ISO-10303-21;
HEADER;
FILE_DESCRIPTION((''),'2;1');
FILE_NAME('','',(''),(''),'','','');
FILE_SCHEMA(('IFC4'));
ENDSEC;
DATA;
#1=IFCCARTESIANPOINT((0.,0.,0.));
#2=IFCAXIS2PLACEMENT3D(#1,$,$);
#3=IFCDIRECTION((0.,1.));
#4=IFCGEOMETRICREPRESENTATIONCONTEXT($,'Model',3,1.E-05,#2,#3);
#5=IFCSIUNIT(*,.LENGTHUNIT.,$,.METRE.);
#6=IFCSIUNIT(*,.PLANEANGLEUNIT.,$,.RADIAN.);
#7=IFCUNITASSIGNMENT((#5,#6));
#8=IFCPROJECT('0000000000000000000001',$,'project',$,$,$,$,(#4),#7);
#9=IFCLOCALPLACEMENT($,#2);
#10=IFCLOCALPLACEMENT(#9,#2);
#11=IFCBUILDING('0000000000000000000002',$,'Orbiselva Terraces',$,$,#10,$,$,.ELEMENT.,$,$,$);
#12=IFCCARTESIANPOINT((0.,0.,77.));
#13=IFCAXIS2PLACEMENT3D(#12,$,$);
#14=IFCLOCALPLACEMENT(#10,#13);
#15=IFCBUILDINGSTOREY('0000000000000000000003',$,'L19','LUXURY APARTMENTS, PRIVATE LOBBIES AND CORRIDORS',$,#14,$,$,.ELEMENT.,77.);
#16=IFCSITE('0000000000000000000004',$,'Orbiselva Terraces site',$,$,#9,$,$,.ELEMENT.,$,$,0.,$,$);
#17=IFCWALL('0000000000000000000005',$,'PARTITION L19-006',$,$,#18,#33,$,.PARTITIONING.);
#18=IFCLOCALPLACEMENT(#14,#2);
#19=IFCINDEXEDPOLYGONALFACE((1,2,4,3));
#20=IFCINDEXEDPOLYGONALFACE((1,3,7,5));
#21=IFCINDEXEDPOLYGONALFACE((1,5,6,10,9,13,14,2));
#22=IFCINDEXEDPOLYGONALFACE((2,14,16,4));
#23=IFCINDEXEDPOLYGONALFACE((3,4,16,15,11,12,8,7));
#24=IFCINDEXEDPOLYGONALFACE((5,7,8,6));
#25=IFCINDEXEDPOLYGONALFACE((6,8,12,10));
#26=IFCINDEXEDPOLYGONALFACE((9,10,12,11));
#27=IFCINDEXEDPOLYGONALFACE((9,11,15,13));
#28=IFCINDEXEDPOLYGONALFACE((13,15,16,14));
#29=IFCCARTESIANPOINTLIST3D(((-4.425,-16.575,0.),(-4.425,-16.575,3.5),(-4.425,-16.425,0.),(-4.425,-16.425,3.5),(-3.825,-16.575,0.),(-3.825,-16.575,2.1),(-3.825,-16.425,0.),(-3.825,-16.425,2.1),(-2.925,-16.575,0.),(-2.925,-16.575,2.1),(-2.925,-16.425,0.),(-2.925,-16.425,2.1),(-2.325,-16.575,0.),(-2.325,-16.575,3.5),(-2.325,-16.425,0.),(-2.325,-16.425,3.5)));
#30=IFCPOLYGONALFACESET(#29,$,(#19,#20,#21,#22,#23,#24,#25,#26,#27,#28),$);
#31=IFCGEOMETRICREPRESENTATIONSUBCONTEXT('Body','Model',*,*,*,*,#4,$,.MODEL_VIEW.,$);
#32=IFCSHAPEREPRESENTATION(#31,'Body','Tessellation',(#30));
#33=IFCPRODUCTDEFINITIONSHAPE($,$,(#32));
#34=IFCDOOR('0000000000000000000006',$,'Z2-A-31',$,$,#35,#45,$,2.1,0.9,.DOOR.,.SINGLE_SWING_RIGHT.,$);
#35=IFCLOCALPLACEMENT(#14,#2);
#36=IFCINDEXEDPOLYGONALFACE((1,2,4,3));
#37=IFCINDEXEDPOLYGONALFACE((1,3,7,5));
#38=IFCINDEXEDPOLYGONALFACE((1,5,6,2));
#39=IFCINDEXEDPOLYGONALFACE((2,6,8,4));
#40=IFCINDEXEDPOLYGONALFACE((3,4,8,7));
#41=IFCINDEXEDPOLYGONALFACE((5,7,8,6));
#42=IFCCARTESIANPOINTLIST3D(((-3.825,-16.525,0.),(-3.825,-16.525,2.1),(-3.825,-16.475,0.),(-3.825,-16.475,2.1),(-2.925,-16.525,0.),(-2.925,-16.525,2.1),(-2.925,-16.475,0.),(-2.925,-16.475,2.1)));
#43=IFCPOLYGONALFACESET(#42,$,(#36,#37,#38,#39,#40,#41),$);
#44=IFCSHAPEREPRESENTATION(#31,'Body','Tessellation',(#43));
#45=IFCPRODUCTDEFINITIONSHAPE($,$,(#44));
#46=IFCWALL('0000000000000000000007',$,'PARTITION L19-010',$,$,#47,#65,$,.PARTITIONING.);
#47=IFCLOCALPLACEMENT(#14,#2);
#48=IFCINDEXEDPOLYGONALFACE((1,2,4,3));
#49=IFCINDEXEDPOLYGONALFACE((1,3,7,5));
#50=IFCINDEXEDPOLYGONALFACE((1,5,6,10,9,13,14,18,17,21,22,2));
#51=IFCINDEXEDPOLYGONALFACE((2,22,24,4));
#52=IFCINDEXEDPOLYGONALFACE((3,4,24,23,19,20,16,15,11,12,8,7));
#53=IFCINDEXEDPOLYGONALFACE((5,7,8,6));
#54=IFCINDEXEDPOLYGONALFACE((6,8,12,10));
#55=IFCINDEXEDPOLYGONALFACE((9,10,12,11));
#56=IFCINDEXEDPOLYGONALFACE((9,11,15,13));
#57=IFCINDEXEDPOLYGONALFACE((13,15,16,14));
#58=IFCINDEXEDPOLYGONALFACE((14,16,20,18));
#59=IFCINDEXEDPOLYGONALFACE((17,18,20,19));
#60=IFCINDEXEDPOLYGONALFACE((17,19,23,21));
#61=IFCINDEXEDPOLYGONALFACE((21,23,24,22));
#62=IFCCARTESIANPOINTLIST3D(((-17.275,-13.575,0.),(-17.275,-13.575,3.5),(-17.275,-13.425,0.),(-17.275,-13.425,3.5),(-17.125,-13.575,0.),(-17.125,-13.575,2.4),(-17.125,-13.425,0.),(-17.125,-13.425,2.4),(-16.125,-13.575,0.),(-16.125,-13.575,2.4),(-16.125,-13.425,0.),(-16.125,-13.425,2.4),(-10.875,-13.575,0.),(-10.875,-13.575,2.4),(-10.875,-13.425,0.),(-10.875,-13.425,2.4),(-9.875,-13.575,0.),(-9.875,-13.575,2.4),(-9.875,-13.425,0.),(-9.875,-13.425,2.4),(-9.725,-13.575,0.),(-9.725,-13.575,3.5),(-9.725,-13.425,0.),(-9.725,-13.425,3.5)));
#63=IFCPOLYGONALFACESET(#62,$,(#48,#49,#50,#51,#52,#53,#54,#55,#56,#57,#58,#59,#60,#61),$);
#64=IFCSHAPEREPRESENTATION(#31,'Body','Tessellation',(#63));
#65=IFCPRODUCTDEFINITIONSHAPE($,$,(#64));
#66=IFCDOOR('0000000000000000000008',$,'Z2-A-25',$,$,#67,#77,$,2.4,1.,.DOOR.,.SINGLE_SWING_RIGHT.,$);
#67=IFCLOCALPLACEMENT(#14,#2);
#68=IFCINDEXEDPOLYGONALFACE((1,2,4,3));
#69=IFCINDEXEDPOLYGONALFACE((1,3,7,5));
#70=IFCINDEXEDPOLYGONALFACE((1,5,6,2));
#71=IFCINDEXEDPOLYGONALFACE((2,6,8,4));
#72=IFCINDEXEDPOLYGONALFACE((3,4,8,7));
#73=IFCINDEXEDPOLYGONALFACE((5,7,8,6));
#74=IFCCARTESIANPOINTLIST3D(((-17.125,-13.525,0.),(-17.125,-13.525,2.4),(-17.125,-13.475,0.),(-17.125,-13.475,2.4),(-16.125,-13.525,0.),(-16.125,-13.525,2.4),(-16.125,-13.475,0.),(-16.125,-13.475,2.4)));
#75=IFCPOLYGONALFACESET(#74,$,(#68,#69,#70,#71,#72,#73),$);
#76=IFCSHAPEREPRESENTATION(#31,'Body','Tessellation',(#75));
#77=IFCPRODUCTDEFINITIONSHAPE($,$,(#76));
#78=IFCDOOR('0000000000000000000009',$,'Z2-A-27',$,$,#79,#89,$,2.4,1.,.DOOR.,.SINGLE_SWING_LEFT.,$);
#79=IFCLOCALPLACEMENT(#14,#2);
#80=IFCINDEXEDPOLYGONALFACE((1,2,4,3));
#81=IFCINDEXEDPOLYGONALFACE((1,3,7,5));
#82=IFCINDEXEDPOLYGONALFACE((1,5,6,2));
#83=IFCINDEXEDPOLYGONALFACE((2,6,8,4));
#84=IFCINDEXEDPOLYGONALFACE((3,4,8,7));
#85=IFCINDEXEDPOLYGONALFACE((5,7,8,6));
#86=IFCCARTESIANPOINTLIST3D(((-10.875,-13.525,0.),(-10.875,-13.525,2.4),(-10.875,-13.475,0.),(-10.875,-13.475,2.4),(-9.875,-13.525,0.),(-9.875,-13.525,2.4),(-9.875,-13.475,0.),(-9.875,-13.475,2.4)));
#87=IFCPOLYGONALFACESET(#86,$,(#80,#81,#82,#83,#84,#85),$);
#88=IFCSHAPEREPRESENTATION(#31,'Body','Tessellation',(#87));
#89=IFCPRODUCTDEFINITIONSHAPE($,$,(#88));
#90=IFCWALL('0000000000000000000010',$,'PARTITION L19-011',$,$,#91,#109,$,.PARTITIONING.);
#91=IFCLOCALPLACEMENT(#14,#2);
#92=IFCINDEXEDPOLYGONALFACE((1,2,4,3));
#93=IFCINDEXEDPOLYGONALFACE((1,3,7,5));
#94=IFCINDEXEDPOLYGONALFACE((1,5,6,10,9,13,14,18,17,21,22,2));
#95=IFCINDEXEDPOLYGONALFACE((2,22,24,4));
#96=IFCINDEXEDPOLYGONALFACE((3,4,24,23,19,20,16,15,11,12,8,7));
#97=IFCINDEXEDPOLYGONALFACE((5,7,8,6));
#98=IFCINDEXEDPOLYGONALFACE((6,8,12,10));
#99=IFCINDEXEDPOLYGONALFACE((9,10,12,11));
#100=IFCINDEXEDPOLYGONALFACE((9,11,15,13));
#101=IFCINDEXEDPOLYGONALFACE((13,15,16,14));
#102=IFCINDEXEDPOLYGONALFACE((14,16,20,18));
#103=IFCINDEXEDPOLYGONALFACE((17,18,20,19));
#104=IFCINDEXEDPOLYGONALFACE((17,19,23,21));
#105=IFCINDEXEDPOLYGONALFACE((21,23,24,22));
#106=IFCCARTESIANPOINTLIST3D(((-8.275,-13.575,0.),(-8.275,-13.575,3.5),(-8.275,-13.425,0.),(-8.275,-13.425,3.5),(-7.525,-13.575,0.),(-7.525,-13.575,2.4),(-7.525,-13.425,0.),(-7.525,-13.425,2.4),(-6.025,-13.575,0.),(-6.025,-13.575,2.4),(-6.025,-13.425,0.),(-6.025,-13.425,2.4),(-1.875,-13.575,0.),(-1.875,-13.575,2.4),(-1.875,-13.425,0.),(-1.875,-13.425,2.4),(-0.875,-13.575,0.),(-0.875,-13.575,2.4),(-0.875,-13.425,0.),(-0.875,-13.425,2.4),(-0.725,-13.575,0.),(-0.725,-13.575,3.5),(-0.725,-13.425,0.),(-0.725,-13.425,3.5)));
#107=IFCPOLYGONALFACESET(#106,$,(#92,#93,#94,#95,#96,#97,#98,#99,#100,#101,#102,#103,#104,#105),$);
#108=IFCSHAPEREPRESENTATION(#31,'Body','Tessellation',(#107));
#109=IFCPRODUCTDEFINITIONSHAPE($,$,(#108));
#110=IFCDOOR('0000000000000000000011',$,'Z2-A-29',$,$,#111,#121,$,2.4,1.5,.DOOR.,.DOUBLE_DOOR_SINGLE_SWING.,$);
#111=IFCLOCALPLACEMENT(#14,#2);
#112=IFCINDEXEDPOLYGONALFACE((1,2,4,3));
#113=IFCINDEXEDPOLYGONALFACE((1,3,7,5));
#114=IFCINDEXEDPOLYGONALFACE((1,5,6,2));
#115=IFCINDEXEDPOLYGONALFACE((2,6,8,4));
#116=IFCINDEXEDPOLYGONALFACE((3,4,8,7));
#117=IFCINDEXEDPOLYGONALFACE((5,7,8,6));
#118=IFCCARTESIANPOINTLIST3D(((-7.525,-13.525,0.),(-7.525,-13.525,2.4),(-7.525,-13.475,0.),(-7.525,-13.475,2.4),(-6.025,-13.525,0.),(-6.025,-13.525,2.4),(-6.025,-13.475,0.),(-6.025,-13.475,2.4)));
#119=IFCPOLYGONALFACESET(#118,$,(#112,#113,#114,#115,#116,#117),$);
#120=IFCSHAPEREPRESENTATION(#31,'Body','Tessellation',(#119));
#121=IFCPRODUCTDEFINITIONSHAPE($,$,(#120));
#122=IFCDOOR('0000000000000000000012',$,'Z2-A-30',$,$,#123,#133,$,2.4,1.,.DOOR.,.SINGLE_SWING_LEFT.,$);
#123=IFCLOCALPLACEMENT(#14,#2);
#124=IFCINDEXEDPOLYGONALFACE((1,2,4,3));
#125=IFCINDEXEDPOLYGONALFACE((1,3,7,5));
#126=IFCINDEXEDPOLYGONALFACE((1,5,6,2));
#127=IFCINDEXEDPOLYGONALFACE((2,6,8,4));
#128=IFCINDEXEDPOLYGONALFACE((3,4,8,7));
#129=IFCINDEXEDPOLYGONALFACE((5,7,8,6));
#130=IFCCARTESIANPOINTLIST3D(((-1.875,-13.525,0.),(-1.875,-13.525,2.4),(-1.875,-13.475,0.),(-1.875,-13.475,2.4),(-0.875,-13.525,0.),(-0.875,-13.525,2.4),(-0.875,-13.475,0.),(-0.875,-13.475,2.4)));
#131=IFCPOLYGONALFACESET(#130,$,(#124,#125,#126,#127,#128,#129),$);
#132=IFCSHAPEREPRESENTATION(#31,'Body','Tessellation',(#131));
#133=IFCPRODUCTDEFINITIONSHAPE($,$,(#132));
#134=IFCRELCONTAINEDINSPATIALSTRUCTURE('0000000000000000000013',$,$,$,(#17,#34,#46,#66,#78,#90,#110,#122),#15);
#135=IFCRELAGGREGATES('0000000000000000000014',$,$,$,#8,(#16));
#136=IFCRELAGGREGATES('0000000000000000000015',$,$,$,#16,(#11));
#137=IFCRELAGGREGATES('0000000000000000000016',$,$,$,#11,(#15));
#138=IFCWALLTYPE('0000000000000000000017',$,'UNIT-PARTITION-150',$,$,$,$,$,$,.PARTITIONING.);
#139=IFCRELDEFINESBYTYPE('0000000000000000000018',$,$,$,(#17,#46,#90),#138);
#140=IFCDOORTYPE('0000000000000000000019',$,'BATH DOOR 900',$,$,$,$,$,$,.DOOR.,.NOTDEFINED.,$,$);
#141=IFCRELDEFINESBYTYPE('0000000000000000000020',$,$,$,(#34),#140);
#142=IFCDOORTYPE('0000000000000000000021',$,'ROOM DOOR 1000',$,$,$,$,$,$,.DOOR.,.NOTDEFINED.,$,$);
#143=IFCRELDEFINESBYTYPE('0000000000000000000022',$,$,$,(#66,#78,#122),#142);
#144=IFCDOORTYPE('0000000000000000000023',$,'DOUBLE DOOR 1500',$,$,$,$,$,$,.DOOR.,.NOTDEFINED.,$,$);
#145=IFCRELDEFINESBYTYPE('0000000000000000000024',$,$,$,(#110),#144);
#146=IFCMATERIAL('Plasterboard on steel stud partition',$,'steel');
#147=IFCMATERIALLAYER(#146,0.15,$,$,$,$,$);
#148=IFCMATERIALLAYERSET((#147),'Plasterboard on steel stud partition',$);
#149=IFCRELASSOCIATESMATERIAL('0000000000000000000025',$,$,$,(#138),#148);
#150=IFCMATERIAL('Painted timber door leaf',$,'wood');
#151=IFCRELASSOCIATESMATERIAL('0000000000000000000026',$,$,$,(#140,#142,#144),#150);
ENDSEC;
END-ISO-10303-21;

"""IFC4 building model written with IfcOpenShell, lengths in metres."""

from ifc_helpers import new_model, si_unit, direction, frame, frame_2d, origin, place, context, subcontext, project, spatial, rectangle, extrude, material, layer, layer_set, type_object, element, fill, save


model = new_model("IFC4")

# Units and contexts
model_context = context("Model", 3, precision=1e-05, world=origin(), true_north=direction((0.0, 1.0)))
body_context = subcontext(model_context, "Body", "Model", "MODEL_VIEW")
ifc_project = project(units=[si_unit("LENGTHUNIT", "METRE"), si_unit("PLANEANGLEUNIT", "RADIAN")], contexts=[model_context])

# Site, building, storey
site_placement = place(None, origin())
site = spatial("IfcSite", under=ifc_project, at=site_placement, Name="Orbiselva Terraces site", CompositionType="ELEMENT", RefElevation=0.0)
building_placement = place(site_placement, origin())
building = spatial("IfcBuilding", under=site, at=building_placement, Name="Orbiselva Terraces", CompositionType="ELEMENT")
storey_placement = place(building_placement, frame((0.0, 0.0, 77.0)))
storey = spatial("IfcBuildingStorey", under=building, at=storey_placement, Name="L19", Description="LUXURY APARTMENTS, PRIVATE LOBBIES AND CORRIDORS", CompositionType="ELEMENT", Elevation=77.0)

# Wall, opening, door
ifc_material_1 = material(Name="Plasterboard on steel stud partition", Category="steel")
ifc_layer_1 = layer(ifc_material_1, 0.15)
ifc_layer_set_1 = layer_set([ifc_layer_1], Name="Plasterboard on steel stud partition")
wall_type_1 = type_object("IfcWallType", Name="UNIT-PARTITION-150", PredefinedType="PARTITIONING", material=ifc_layer_set_1)
wall_1_placement = place(storey_placement, frame((-4.425, -16.5, 0.0), z_axis=(0.0, 0.0, 1.0), x_axis=(1.0, 0.0, 0.0)))
wall_1 = element("IfcWall", 1, at=wall_1_placement, inside=storey, type_object=wall_type_1, Name="PARTITION L19-006", PredefinedType="PARTITIONING", context=body_context, shape_type="SweptSolid", body=[
    extrude(rectangle(XDim=2.1, YDim=0.15, at=frame_2d((1.05, 0.0))), origin(), (0.0, 0.0, 1.0), 3.5),
])
opening_1_placement = place(wall_1_placement, frame((0.6, 0.0, 0.0)))
opening_1 = element("IfcOpeningElement", 2, at=opening_1_placement, cuts=wall_1, PredefinedType="OPENING", context=body_context, shape_type="SweptSolid", body=[
    extrude(rectangle(XDim=0.9, YDim=2.1, at=frame_2d((0.45, 1.05))), frame((0.0, 0.085, 0.0), z_axis=(0.0, -1.0, 0.0), x_axis=(1.0, 0.0, 0.0)), (0.0, 0.0, 1.0), 0.17),
])
ifc_material_2 = material(Name="Painted timber door leaf", Category="wood")
door_type_1 = type_object("IfcDoorType", Name="BATH DOOR 900", OperationType="NOTDEFINED", PredefinedType="DOOR", material=ifc_material_2)
door_1_placement = place(opening_1_placement, origin())
door_1 = element("IfcDoor", 3, at=door_1_placement, inside=storey, type_object=door_type_1, Name="Z2-A-31", OperationType="SINGLE_SWING_RIGHT", OverallHeight=2.1, OverallWidth=0.9, PredefinedType="DOOR", context=body_context, shape_type="SweptSolid", body=[
    extrude(rectangle(XDim=0.9, YDim=2.1, at=frame_2d((0.45, 1.05))), frame((0.0, 0.025, 0.0), z_axis=(0.0, -1.0, 0.0), x_axis=(1.0, 0.0, 0.0)), (0.0, 0.0, 1.0), 0.05),
])
fill(opening_1, door_1)

# Walls, openings, doors
wall_2_placement = place(storey_placement, frame((-9.725, -13.5, 0.0), z_axis=(0.0, 0.0, 1.0), x_axis=(-1.0, 0.0, 0.0)))
wall_2 = element("IfcWall", 4, at=wall_2_placement, inside=storey, type_object=wall_type_1, Name="PARTITION L19-010", PredefinedType="PARTITIONING", context=body_context, shape_type="SweptSolid", body=[
    extrude(rectangle(XDim=7.55, YDim=0.15, at=frame_2d((3.775, 0.0))), origin(), (0.0, 0.0, 1.0), 3.5),
])
opening_2_placement = place(wall_2_placement, frame((6.4, 0.0, 0.0)))
opening_2 = element("IfcOpeningElement", 5, at=opening_2_placement, cuts=wall_2, PredefinedType="OPENING", context=body_context, shape_type="SweptSolid", body=[
    extrude(rectangle(XDim=1.0, YDim=2.4, at=frame_2d((0.5, 1.2))), frame((0.0, 0.085, 0.0), z_axis=(0.0, -1.0, 0.0), x_axis=(1.0, 0.0, 0.0)), (0.0, 0.0, 1.0), 0.17),
])
opening_3_placement = place(wall_2_placement, frame((0.15, 0.0, 0.0)))
opening_3 = element("IfcOpeningElement", 6, at=opening_3_placement, cuts=wall_2, PredefinedType="OPENING", context=body_context, shape_type="SweptSolid", body=[
    extrude(rectangle(XDim=1.0, YDim=2.4, at=frame_2d((0.5, 1.2))), frame((0.0, 0.085, 0.0), z_axis=(0.0, -1.0, 0.0), x_axis=(1.0, 0.0, 0.0)), (0.0, 0.0, 1.0), 0.17),
])
door_type_2 = type_object("IfcDoorType", Name="ROOM DOOR 1000", OperationType="NOTDEFINED", PredefinedType="DOOR", material=ifc_material_2)
door_2_placement = place(opening_2_placement, origin())
door_2 = element("IfcDoor", 7, at=door_2_placement, inside=storey, type_object=door_type_2, Name="Z2-A-25", OperationType="SINGLE_SWING_RIGHT", OverallHeight=2.4, OverallWidth=1.0, PredefinedType="DOOR", context=body_context, shape_type="SweptSolid", body=[
    extrude(rectangle(XDim=1.0, YDim=2.4, at=frame_2d((0.5, 1.2))), frame((0.0, 0.025, 0.0), z_axis=(0.0, -1.0, 0.0), x_axis=(1.0, 0.0, 0.0)), (0.0, 0.0, 1.0), 0.05),
])
fill(opening_2, door_2)
door_3_placement = place(opening_3_placement, origin())
door_3 = element("IfcDoor", 8, at=door_3_placement, inside=storey, type_object=door_type_2, Name="Z2-A-27", OperationType="SINGLE_SWING_LEFT", OverallHeight=2.4, OverallWidth=1.0, PredefinedType="DOOR", context=body_context, shape_type="SweptSolid", body=[
    extrude(rectangle(XDim=1.0, YDim=2.4, at=frame_2d((0.5, 1.2))), frame((0.0, 0.025, 0.0), z_axis=(0.0, -1.0, 0.0), x_axis=(1.0, 0.0, 0.0)), (0.0, 0.0, 1.0), 0.05),
])
fill(opening_3, door_3)
wall_3_placement = place(storey_placement, frame((-0.725, -13.5, 0.0), z_axis=(0.0, 0.0, 1.0), x_axis=(-1.0, 0.0, 0.0)))
wall_3 = element("IfcWall", 9, at=wall_3_placement, inside=storey, type_object=wall_type_1, Name="PARTITION L19-011", PredefinedType="PARTITIONING", context=body_context, shape_type="SweptSolid", body=[
    extrude(rectangle(XDim=7.55, YDim=0.15, at=frame_2d((3.775, 0.0))), origin(), (0.0, 0.0, 1.0), 3.5),
])
opening_4_placement = place(wall_3_placement, frame((5.3, 0.0, 0.0)))
opening_4 = element("IfcOpeningElement", 10, at=opening_4_placement, cuts=wall_3, PredefinedType="OPENING", context=body_context, shape_type="SweptSolid", body=[
    extrude(rectangle(XDim=1.5, YDim=2.4, at=frame_2d((0.75, 1.2))), frame((0.0, 0.085, 0.0), z_axis=(0.0, -1.0, 0.0), x_axis=(1.0, 0.0, 0.0)), (0.0, 0.0, 1.0), 0.17),
])
opening_5_placement = place(wall_3_placement, frame((0.15, 0.0, 0.0)))
opening_5 = element("IfcOpeningElement", 11, at=opening_5_placement, cuts=wall_3, PredefinedType="OPENING", context=body_context, shape_type="SweptSolid", body=[
    extrude(rectangle(XDim=1.0, YDim=2.4, at=frame_2d((0.5, 1.2))), frame((0.0, 0.085, 0.0), z_axis=(0.0, -1.0, 0.0), x_axis=(1.0, 0.0, 0.0)), (0.0, 0.0, 1.0), 0.17),
])
door_type_3 = type_object("IfcDoorType", Name="DOUBLE DOOR 1500", OperationType="NOTDEFINED", PredefinedType="DOOR", material=ifc_material_2)
door_4_placement = place(opening_4_placement, origin())
door_4 = element("IfcDoor", 12, at=door_4_placement, inside=storey, type_object=door_type_3, Name="Z2-A-29", OperationType="DOUBLE_DOOR_SINGLE_SWING", OverallHeight=2.4, OverallWidth=1.5, PredefinedType="DOOR", context=body_context, shape_type="SweptSolid", body=[
    extrude(rectangle(XDim=1.5, YDim=2.4, at=frame_2d((0.75, 1.2))), frame((0.0, 0.025, 0.0), z_axis=(0.0, -1.0, 0.0), x_axis=(1.0, 0.0, 0.0)), (0.0, 0.0, 1.0), 0.05),
])
fill(opening_4, door_4)
door_5_placement = place(opening_5_placement, origin())
door_5 = element("IfcDoor", 13, at=door_5_placement, inside=storey, type_object=door_type_2, Name="Z2-A-30", OperationType="SINGLE_SWING_LEFT", OverallHeight=2.4, OverallWidth=1.0, PredefinedType="DOOR", context=body_context, shape_type="SweptSolid", body=[
    extrude(rectangle(XDim=1.0, YDim=2.4, at=frame_2d((0.5, 1.2))), frame((0.0, 0.025, 0.0), z_axis=(0.0, -1.0, 0.0), x_axis=(1.0, 0.0, 0.0)), (0.0, 0.0, 1.0), 0.05),
])
fill(opening_5, door_5)

save(model, "model.ifc")
